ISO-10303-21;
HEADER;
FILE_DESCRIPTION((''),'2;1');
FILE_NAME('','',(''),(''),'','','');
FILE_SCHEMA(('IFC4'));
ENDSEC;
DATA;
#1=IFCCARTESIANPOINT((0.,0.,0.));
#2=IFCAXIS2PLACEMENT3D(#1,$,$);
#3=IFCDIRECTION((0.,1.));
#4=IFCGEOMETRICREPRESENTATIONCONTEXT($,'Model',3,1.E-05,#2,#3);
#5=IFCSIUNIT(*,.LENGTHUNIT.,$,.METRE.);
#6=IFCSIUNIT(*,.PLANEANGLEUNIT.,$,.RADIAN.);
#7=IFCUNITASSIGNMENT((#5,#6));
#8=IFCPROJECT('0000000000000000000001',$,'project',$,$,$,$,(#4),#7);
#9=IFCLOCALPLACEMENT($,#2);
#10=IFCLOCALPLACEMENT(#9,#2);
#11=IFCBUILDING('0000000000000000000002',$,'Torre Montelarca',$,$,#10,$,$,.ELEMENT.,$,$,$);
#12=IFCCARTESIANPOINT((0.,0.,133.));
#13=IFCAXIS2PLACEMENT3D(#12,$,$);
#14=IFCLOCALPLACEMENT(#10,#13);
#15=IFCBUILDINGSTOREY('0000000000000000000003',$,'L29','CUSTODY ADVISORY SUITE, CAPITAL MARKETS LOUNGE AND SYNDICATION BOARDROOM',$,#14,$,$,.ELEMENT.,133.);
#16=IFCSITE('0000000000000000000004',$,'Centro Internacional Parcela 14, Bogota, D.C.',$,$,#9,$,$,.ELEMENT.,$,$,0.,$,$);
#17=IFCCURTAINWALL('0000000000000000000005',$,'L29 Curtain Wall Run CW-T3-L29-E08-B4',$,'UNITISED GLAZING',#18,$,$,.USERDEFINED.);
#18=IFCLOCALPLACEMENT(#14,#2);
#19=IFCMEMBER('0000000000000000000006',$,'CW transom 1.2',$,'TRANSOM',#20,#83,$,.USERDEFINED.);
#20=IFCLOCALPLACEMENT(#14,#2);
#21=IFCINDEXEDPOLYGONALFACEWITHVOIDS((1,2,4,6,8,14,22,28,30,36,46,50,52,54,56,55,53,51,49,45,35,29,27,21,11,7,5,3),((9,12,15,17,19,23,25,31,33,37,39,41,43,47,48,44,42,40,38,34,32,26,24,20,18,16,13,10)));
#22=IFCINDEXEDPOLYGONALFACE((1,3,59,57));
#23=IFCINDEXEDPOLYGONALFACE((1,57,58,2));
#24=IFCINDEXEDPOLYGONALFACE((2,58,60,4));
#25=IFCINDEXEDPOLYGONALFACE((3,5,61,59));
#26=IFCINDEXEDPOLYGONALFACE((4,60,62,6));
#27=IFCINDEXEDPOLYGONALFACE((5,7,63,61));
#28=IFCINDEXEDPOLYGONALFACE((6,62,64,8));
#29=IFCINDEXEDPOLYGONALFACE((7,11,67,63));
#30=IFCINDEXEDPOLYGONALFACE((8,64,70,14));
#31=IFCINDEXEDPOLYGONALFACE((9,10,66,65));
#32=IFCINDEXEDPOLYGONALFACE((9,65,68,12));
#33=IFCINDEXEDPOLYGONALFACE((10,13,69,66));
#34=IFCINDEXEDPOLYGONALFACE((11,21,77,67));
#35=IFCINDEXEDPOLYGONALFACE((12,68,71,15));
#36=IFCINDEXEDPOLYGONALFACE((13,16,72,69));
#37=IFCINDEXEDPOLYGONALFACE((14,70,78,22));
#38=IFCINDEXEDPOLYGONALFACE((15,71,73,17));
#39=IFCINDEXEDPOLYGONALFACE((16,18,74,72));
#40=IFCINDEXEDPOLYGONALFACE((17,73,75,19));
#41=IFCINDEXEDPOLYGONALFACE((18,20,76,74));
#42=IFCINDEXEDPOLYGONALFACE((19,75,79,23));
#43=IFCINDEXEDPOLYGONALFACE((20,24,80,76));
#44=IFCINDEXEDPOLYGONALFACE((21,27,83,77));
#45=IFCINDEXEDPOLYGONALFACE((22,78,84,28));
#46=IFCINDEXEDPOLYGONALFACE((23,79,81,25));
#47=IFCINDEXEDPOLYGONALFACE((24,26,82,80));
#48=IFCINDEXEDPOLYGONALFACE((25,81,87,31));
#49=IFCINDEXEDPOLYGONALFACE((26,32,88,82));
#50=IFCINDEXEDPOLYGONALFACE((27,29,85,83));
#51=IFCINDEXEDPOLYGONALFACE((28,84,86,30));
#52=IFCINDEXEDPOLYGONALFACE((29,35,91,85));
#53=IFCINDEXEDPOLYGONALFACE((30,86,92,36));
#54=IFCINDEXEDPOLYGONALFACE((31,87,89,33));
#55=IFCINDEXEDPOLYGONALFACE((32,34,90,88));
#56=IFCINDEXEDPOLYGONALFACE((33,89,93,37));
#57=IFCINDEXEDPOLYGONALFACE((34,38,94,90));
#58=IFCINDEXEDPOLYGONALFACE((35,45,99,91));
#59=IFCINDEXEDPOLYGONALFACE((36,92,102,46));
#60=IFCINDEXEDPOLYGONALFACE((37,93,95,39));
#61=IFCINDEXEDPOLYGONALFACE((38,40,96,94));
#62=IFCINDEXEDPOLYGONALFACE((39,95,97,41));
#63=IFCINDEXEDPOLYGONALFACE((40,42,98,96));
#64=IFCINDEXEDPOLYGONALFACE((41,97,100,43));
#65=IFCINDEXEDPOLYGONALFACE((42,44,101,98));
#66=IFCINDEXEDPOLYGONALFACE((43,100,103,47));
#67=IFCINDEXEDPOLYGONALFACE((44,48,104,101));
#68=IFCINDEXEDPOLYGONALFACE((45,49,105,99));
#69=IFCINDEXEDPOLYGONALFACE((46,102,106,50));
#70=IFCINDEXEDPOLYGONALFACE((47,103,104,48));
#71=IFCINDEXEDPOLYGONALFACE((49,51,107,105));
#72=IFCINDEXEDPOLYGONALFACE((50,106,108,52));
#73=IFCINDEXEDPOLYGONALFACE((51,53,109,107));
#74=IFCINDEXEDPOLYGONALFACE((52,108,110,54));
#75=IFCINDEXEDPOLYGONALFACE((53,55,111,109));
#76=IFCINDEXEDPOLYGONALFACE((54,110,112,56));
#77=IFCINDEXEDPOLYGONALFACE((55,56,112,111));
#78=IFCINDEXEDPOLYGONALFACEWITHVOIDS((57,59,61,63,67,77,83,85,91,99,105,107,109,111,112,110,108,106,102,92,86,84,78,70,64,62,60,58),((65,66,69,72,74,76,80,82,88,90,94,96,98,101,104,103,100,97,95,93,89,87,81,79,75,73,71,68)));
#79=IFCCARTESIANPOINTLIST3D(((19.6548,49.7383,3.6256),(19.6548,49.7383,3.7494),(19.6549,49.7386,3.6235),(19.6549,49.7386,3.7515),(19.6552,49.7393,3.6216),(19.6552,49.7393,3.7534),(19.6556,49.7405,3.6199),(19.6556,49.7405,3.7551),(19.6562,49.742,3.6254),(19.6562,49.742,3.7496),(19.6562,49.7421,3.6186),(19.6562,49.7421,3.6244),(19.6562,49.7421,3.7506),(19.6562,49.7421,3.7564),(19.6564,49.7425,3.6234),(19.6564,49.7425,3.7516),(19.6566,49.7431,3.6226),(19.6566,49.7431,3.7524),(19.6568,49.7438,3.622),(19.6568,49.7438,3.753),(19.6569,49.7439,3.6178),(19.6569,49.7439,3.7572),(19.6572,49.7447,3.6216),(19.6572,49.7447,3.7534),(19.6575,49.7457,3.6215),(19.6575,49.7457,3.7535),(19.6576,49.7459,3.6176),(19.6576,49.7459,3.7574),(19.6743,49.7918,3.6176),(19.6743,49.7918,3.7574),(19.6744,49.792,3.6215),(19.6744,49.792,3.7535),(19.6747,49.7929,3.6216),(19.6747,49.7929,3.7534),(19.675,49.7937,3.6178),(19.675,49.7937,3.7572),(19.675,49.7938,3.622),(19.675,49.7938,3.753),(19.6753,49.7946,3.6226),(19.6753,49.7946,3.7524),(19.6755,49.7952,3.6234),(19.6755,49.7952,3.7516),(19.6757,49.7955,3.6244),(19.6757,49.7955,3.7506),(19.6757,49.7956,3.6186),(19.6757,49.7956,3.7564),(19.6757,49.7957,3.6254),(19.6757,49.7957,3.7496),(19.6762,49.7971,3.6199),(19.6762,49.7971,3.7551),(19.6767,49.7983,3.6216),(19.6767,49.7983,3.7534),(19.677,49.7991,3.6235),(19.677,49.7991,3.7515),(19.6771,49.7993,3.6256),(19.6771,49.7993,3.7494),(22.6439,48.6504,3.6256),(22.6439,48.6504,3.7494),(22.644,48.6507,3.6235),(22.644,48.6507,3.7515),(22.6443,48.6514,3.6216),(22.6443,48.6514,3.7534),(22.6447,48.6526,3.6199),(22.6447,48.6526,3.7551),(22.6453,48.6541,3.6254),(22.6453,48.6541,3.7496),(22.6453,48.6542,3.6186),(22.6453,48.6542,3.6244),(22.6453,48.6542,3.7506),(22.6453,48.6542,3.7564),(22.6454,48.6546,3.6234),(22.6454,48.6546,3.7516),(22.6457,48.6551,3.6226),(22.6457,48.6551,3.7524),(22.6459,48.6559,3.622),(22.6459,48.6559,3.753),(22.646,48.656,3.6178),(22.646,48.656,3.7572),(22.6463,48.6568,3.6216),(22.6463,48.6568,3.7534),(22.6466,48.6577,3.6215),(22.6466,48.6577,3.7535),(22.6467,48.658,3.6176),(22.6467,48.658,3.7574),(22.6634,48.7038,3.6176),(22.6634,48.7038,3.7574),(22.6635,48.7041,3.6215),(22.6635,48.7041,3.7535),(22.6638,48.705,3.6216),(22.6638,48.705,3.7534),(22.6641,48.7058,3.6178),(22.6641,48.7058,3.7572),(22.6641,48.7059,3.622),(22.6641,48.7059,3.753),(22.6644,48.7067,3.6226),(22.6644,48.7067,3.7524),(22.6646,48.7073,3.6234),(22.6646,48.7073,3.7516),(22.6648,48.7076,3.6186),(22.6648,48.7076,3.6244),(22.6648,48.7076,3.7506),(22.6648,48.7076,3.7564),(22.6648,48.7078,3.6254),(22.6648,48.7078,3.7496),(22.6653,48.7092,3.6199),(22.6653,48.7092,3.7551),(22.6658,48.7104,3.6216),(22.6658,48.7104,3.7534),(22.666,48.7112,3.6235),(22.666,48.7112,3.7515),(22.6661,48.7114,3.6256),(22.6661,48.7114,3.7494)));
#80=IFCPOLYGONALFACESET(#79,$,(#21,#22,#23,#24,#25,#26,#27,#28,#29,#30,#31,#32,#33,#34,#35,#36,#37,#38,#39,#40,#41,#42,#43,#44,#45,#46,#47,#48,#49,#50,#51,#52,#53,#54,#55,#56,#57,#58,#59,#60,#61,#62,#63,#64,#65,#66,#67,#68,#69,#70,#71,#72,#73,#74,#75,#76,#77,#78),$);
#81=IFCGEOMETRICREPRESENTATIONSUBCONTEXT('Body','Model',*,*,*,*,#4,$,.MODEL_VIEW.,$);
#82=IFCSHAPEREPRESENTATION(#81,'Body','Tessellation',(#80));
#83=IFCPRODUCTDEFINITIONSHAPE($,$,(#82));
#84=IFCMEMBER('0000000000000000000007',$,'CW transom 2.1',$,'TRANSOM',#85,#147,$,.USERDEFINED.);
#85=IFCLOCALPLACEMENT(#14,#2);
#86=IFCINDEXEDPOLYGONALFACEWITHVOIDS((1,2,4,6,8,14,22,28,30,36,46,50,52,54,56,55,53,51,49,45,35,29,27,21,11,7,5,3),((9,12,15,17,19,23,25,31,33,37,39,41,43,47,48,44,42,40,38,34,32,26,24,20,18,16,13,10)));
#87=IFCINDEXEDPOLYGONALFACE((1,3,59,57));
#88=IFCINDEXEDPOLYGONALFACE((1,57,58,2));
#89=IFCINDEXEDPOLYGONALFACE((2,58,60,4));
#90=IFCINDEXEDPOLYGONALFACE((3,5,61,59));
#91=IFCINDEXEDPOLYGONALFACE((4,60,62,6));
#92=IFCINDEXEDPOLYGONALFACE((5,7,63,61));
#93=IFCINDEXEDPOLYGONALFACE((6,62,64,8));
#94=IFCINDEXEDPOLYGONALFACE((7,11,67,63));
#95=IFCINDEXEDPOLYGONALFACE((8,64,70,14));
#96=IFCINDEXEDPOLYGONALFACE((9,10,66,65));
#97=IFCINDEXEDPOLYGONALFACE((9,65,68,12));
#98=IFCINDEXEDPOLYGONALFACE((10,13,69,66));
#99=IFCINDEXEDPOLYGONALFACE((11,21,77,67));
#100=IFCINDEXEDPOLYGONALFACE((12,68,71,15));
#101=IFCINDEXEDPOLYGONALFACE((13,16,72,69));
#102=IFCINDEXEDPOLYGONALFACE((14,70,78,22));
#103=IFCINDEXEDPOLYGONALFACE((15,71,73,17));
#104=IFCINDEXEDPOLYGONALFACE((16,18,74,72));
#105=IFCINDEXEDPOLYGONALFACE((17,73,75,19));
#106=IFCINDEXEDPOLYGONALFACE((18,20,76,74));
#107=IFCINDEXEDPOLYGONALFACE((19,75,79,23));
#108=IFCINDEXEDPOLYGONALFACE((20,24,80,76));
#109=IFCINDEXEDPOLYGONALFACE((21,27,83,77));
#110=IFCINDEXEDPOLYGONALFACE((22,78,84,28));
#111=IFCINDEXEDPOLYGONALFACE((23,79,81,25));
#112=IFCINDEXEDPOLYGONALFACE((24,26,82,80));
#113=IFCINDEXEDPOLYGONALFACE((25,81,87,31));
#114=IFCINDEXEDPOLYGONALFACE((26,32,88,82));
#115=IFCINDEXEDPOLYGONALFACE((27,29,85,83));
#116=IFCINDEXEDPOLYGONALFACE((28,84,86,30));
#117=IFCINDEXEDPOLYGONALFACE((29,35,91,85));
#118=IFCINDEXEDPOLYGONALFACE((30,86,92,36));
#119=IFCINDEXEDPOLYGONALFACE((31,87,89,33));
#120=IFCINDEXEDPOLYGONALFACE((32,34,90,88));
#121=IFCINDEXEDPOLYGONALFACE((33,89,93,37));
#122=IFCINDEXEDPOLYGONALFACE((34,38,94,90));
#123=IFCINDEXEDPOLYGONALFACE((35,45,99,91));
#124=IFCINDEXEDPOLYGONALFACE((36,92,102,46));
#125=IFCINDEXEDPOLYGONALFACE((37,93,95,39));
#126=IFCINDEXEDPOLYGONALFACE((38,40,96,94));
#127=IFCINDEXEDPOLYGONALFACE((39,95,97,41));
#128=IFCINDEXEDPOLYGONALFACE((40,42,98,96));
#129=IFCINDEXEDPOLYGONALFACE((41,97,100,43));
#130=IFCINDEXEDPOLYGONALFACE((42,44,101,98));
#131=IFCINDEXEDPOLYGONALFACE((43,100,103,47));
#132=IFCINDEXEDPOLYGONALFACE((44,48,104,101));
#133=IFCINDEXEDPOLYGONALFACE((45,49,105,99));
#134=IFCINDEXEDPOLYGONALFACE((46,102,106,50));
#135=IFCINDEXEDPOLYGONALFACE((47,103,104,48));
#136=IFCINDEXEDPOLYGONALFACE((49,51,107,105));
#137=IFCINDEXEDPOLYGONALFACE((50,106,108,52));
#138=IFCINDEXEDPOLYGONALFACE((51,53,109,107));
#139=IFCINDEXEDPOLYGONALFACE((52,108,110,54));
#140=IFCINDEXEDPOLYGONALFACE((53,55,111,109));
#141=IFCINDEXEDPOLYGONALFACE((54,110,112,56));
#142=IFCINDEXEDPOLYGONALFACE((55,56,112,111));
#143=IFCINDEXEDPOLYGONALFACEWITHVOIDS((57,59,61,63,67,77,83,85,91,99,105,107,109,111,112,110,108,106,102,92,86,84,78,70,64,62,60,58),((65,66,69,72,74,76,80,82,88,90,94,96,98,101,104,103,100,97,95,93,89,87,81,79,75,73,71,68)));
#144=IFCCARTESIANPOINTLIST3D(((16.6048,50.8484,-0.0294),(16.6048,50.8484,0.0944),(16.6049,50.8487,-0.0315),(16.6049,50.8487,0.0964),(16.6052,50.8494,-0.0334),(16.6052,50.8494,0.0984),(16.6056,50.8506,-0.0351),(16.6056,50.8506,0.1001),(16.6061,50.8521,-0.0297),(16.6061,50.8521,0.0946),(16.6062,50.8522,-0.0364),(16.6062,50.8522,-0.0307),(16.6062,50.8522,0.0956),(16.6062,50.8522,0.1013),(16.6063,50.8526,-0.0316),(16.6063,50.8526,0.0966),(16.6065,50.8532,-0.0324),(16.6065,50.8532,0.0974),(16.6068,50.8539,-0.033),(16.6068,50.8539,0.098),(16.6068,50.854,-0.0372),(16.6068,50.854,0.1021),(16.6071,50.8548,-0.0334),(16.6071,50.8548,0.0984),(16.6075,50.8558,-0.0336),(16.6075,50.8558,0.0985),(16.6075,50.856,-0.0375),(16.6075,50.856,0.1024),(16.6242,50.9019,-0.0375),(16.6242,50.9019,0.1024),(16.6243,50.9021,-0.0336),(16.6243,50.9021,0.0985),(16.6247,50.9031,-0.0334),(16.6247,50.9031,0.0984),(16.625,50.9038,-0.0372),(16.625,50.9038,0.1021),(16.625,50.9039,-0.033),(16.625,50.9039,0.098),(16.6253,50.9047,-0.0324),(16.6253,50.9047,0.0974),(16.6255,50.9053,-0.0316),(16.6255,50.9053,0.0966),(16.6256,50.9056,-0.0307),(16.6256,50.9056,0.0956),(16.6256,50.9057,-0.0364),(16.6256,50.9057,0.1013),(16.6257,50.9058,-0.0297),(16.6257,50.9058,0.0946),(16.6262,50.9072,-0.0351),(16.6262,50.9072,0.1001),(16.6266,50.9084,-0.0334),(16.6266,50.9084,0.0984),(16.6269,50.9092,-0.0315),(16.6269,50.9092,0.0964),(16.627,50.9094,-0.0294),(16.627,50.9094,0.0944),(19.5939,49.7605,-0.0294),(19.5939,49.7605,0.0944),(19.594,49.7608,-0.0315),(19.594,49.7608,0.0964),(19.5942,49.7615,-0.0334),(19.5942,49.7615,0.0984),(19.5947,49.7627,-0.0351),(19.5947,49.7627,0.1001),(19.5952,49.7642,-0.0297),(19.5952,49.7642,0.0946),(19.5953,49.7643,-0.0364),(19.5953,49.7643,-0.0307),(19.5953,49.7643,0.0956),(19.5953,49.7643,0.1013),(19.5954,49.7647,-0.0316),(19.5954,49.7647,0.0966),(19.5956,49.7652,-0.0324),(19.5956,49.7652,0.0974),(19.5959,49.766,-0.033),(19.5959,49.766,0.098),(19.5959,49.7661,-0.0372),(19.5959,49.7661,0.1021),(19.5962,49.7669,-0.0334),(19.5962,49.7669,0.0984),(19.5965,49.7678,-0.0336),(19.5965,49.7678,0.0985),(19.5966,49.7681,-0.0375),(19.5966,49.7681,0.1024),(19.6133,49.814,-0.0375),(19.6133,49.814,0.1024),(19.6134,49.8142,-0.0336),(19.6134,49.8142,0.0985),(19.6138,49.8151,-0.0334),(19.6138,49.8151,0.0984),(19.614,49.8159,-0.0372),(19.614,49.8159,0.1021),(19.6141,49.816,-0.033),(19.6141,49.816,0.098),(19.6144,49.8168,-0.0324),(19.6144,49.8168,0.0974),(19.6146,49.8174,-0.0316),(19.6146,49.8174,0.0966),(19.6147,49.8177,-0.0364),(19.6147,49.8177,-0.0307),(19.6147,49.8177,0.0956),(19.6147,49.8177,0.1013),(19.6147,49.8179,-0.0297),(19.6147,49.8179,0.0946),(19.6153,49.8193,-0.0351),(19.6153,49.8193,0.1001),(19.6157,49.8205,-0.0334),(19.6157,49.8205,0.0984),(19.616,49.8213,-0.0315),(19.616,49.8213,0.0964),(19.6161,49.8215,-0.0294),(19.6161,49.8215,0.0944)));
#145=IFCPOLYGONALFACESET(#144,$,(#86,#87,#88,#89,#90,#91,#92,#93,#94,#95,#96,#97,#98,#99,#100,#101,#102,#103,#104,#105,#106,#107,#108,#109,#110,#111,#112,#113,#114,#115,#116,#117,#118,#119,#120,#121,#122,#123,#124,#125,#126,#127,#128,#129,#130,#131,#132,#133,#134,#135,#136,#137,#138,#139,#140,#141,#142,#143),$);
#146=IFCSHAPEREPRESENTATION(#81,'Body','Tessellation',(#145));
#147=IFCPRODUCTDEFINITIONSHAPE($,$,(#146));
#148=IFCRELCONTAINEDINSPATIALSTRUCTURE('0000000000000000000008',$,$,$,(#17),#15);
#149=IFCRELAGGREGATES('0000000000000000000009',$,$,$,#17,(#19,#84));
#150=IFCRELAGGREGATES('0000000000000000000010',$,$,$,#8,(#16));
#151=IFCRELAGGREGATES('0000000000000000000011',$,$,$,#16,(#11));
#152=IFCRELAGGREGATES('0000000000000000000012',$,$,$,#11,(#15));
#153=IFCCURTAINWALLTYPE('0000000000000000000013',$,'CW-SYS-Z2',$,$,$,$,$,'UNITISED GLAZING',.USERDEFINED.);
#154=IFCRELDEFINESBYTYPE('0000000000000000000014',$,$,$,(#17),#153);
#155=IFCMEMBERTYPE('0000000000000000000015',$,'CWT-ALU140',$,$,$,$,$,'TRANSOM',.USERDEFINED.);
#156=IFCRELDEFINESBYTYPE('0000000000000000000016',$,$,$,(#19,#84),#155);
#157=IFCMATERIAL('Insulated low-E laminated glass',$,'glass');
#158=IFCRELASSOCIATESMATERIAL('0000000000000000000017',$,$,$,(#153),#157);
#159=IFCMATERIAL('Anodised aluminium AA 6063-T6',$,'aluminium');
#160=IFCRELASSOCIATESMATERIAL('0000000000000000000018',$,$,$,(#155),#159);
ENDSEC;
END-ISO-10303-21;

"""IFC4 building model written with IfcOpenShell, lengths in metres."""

from ifc_helpers import new_model, si_unit, direction, frame, origin, origin_2d, place, context, subcontext, project, spatial, hollow_rectangle, extrude, source, transform, mapped, material, material_profile, profile_set, type_object, element, aggregate, save


model = new_model("IFC4")

# Units and contexts
model_context = context("Model", 3, precision=1e-05, world=origin(), true_north=direction((0.0, 1.0)))
body_context = subcontext(model_context, "Body", "Model", "MODEL_VIEW")
ifc_project = project(units=[si_unit("LENGTHUNIT", "METRE"), si_unit("PLANEANGLEUNIT", "RADIAN")], contexts=[model_context])

# Site, building, storey
site_placement = place(None, origin())
site = spatial("IfcSite", under=ifc_project, at=site_placement, Name="Centro Internacional Parcela 14, Bogota, D.C.", CompositionType="ELEMENT", RefElevation=0.0)
building_placement = place(site_placement, origin())
building = spatial("IfcBuilding", under=site, at=building_placement, Name="Torre Montelarca", CompositionType="ELEMENT")
storey_placement = place(building_placement, frame((0.0, 0.0, 133.0)))
storey = spatial("IfcBuildingStorey", under=building, at=storey_placement, Name="L29", Description="CUSTODY ADVISORY SUITE, CAPITAL MARKETS LOUNGE AND SYNDICATION BOARDROOM", CompositionType="ELEMENT", Elevation=133.0)

# Curtain wall
ifc_material_1 = material(Name="Insulated low-E laminated glass", Category="glass")
curtain_wall_type = type_object("IfcCurtainWallType", Name="CW-SYS-Z2", ElementType="UNITISED GLAZING", PredefinedType="USERDEFINED", material=ifc_material_1)
ifc_material_2 = material(Name="Anodised aluminium AA 6063-T6", Category="aluminium")
ifc_material_profile_1 = material_profile(ifc_material_2, hollow_rectangle(XDim=0.0649, YDim=0.1399, WallThickness=0.0039, InnerFilletRadius=0.0039, OuterFilletRadius=0.0081, at=origin_2d()), Name="ALU65X140X4", Category="aluminium")
ifc_profile_set_1 = profile_set([ifc_material_profile_1], Name="Anodised aluminium AA 6063-T6")
member_type_1 = type_object("IfcMemberType", Name="CWT-ALU140", ElementType="TRANSOM", PredefinedType="USERDEFINED", material=ifc_profile_set_1)
curtain_wall_1_placement = place(storey_placement, origin())
curtain_wall_1 = element("IfcCurtainWall", 1, at=curtain_wall_1_placement, inside=storey, type_object=curtain_wall_type, Name="L29 Curtain Wall Run CW-T3-L29-E08-B4", ObjectType="UNITISED GLAZING", PredefinedType="USERDEFINED")

# Members
shared_shape_1 = source(origin(), body_context, "Body", "SweptSolid", [
    extrude(hollow_rectangle(XDim=0.0649, YDim=0.1399, WallThickness=0.0039, InnerFilletRadius=0.0039, OuterFilletRadius=0.0081, at=origin_2d()), origin(), (0.0, 0.0, 1.0), 3.1809),
])
member_1_placement = place(storey_placement, frame((22.655, 48.6809, 3.6875), z_axis=(-0.939695, 0.342014, 0.0), x_axis=(-0.342014, -0.939695, 0.0)))
member_1 = element("IfcMember", 2, at=member_1_placement, type_object=member_type_1, Name="CW transom 1.2", ObjectType="TRANSOM", PredefinedType="USERDEFINED", context=body_context, shape_type="MappedRepresentation", body=[
    mapped(shared_shape_1, transform((0.0, 0.0, 0.0), scale=1.0)),
])
member_2_placement = place(storey_placement, frame((19.605, 49.791, 0.0325), z_axis=(-0.939695, 0.342014, 0.0), x_axis=(-0.342014, -0.939695, 0.0)))
member_2 = element("IfcMember", 3, at=member_2_placement, type_object=member_type_1, Name="CW transom 2.1", ObjectType="TRANSOM", PredefinedType="USERDEFINED", context=body_context, shape_type="MappedRepresentation", body=[
    mapped(shared_shape_1, transform((0.0, 0.0, 0.0), scale=1.0)),
])

aggregate(curtain_wall_1, [member_1, member_2])

save(model, "model.ifc")
